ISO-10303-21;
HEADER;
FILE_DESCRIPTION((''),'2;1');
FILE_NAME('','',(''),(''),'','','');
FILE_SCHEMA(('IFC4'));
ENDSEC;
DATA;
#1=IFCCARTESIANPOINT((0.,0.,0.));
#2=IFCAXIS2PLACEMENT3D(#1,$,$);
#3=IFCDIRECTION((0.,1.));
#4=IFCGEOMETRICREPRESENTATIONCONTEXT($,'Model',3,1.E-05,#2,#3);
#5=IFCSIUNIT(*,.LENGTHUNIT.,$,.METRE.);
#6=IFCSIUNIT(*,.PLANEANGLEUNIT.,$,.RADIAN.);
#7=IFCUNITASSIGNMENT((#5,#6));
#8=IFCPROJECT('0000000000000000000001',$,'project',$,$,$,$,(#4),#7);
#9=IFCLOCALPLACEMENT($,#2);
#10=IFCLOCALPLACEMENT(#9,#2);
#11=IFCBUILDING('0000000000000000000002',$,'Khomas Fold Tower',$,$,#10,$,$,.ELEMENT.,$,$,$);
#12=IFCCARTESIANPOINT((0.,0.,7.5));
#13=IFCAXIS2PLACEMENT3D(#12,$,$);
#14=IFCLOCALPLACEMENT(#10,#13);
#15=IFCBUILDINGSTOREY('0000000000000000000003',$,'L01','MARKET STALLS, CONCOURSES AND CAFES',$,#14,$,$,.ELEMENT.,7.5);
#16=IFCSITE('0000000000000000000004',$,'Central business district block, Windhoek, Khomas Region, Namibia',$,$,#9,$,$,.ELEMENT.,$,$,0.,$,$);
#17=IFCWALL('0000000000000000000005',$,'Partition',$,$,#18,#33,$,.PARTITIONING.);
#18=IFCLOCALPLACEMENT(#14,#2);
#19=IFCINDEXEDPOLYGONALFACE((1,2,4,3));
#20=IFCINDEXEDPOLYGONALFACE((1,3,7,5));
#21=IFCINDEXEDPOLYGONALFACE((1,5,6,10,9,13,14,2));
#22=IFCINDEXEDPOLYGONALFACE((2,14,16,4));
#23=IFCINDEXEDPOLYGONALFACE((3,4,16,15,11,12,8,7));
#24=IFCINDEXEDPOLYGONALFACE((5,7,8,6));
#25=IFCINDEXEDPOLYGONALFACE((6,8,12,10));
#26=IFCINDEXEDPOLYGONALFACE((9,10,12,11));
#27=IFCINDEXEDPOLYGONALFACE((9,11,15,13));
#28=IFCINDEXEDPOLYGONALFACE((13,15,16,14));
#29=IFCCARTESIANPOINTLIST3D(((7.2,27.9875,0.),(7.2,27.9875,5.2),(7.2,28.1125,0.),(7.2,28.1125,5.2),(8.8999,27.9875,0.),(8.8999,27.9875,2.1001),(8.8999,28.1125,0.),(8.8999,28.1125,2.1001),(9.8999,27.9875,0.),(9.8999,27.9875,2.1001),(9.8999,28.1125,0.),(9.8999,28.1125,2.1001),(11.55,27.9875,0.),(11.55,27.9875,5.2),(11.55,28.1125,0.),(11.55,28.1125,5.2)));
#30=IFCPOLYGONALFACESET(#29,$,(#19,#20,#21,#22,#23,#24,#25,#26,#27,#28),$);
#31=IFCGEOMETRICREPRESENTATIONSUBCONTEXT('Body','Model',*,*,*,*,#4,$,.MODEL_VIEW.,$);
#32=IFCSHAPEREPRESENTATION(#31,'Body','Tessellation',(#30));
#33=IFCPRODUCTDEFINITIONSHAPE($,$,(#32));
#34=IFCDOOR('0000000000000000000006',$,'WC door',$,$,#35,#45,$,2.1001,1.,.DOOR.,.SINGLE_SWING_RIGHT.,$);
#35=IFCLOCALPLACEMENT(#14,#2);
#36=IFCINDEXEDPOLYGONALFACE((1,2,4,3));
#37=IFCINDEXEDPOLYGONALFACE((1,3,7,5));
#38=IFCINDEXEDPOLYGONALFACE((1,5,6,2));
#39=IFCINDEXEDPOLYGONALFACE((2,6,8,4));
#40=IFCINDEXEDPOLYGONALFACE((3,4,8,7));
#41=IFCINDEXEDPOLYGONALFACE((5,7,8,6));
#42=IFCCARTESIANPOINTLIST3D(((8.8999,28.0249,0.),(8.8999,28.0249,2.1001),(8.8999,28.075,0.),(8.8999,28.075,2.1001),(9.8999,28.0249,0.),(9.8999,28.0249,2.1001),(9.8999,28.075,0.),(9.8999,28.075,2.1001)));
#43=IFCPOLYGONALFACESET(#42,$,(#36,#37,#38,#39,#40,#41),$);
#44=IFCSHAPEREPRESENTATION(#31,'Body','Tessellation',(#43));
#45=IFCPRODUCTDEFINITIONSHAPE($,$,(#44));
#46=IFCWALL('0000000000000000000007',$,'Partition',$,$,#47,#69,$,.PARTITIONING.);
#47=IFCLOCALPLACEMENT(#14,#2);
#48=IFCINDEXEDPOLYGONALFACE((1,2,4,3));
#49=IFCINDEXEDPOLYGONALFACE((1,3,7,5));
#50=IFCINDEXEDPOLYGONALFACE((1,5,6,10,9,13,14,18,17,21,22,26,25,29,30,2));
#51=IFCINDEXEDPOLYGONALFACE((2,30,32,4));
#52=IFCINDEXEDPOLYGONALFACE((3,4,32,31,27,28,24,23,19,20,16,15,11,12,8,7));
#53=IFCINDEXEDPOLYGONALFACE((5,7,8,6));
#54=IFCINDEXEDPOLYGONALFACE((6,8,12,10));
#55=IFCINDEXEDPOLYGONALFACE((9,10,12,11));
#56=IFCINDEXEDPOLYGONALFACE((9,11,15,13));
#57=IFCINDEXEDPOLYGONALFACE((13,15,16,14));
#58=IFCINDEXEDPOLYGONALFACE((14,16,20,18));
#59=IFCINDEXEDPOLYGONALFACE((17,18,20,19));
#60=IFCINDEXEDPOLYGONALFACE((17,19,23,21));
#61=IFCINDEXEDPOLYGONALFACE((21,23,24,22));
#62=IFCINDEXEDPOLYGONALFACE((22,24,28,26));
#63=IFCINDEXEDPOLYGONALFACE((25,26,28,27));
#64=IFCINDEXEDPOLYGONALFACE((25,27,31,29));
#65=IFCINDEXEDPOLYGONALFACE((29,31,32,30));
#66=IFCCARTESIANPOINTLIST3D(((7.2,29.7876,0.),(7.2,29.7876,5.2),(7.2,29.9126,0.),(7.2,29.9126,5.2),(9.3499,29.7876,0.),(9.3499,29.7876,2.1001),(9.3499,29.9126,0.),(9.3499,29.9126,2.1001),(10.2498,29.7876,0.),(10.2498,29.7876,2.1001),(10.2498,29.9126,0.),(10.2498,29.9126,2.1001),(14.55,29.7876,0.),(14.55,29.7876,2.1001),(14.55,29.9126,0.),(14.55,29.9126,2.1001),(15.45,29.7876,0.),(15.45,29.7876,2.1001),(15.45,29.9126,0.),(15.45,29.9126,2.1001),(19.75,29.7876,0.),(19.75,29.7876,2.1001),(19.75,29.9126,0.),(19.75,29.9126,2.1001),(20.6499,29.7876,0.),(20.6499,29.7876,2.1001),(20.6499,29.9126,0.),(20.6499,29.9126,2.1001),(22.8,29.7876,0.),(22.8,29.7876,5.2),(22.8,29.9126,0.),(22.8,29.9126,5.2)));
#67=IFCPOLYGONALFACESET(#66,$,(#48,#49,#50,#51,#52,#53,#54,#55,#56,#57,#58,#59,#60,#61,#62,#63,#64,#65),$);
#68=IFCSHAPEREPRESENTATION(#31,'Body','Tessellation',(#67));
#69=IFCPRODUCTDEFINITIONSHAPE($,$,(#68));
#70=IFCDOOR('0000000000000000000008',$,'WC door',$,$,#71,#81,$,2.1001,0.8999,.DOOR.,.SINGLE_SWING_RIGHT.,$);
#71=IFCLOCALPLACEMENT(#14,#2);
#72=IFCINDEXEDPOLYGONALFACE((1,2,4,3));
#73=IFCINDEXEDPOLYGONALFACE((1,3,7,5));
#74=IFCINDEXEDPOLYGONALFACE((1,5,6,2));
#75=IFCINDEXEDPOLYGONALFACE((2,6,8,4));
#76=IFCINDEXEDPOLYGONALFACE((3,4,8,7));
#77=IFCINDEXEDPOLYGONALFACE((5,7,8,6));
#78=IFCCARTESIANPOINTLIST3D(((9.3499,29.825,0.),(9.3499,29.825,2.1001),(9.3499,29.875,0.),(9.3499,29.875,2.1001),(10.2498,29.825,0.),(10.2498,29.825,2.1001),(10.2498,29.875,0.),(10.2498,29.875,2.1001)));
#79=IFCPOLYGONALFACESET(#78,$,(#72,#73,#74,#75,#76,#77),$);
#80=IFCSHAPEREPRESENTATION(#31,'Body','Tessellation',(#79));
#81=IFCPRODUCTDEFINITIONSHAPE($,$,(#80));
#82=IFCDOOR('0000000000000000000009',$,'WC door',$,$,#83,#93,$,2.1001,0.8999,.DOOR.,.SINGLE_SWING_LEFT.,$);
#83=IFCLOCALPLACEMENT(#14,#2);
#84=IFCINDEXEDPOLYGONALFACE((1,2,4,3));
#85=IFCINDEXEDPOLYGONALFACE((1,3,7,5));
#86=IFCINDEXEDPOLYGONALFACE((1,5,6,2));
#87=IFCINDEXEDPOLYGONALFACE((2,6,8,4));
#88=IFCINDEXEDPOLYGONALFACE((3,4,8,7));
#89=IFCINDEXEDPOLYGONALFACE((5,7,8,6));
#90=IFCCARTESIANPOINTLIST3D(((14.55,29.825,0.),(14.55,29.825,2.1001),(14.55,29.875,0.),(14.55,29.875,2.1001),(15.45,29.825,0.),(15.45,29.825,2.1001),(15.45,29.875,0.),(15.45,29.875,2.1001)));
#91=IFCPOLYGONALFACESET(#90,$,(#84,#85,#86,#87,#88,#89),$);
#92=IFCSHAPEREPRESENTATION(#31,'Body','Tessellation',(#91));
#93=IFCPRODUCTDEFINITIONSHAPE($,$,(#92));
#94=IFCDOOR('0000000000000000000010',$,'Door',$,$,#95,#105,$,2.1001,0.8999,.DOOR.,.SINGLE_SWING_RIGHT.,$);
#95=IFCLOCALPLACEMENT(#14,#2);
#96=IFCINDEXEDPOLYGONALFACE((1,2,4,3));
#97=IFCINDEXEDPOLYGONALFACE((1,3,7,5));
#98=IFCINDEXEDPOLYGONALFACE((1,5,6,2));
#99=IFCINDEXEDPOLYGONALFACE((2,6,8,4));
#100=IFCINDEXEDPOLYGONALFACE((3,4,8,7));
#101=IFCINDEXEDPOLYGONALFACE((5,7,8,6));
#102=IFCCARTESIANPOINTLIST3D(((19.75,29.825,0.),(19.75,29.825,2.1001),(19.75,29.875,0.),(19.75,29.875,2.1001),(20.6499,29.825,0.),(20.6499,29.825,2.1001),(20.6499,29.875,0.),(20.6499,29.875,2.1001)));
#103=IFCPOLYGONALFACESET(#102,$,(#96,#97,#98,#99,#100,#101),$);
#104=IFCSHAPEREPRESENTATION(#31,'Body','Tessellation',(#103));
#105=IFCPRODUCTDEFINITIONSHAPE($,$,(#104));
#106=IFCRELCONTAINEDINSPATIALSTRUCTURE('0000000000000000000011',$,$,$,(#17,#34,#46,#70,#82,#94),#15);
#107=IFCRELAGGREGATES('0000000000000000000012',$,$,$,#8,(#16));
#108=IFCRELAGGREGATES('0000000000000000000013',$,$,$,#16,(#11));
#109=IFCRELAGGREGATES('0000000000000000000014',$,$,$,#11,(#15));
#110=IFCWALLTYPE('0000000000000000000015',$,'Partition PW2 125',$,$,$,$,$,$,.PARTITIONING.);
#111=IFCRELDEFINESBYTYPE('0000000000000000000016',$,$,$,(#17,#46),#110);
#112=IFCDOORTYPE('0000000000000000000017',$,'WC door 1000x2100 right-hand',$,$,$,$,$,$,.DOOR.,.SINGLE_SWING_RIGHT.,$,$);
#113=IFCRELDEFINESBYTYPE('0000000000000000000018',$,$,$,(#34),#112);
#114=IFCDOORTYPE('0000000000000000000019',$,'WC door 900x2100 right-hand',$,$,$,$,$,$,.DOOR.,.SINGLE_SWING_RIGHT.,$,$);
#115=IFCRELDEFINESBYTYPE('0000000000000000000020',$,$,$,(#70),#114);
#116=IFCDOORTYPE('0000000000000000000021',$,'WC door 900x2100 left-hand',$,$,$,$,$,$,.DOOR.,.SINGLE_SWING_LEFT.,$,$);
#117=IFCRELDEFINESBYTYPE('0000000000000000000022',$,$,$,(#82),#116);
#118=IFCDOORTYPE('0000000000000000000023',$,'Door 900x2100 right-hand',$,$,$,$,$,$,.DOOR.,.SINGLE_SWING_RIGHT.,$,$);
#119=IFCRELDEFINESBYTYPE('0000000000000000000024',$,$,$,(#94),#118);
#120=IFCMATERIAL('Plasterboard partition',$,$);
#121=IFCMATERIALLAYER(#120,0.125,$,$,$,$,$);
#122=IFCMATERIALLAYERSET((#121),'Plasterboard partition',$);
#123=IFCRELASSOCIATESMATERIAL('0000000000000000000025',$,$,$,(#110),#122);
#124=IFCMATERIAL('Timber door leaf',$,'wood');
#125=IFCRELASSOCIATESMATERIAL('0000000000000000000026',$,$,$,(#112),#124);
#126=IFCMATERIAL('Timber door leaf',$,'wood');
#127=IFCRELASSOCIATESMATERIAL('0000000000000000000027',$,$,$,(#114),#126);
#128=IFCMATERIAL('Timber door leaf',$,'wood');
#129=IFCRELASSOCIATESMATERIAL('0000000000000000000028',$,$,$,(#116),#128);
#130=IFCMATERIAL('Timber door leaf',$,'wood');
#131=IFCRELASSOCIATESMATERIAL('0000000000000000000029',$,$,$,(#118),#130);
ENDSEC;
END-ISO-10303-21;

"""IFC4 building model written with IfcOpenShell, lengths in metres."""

from ifc_helpers import new_model, si_unit, direction, frame, frame_2d, origin, place, context, subcontext, project, spatial, rectangle, extrude, source, transform, mapped, material, layer, layer_set, type_object, element, fill, save


model = new_model("IFC4")

# Units and contexts
model_context = context("Model", 3, precision=1e-05, world=origin(), true_north=direction((0.0, 1.0)))
body_context = subcontext(model_context, "Body", "Model", "MODEL_VIEW")
ifc_project = project(units=[si_unit("LENGTHUNIT", "METRE"), si_unit("PLANEANGLEUNIT", "RADIAN")], contexts=[model_context])

# Site, building, storey
site_placement = place(None, origin())
site = spatial("IfcSite", under=ifc_project, at=site_placement, Name="Central business district block, Windhoek, Khomas Region, Namibia", CompositionType="ELEMENT", RefElevation=0.0)
building_placement = place(site_placement, origin())
building = spatial("IfcBuilding", under=site, at=building_placement, Name="Khomas Fold Tower", CompositionType="ELEMENT")
storey_placement = place(building_placement, frame((0.0, 0.0, 7.5)))
storey = spatial("IfcBuildingStorey", under=building, at=storey_placement, Name="L01", Description="MARKET STALLS, CONCOURSES AND CAFES", CompositionType="ELEMENT", Elevation=7.5)

# Wall, opening, door
ifc_material_1 = material(Name="Plasterboard partition")
ifc_layer_1 = layer(ifc_material_1, 0.125)
ifc_layer_set_1 = layer_set([ifc_layer_1], Name="Plasterboard partition")
wall_type_1 = type_object("IfcWallType", Name="Partition PW2 125", PredefinedType="PARTITIONING", material=ifc_layer_set_1)
shared_shape_1 = source(origin(), body_context, "Body", "SweptSolid", [
    extrude(rectangle(XDim=4.3501, YDim=0.125, at=frame_2d((2.175, 0.0))), origin(), (0.0, 0.0, 1.0), 5.2),
])
wall_1_placement = place(storey_placement, frame((7.2, 28.05, 0.0), z_axis=(0.0, 0.0, 1.0), x_axis=(1.0, 0.0, 0.0)))
wall_1 = element("IfcWall", 1, at=wall_1_placement, inside=storey, type_object=wall_type_1, Name="Partition", PredefinedType="PARTITIONING", context=body_context, shape_type="MappedRepresentation", body=[
    mapped(shared_shape_1, transform((0.0, 0.0, 0.0))),
])
shared_shape_2 = source(origin(), body_context, "Body", "SweptSolid", [
    extrude(rectangle(XDim=1.0, YDim=2.1001, at=frame_2d((0.5, 1.05))), frame((0.0, 0.0725, 0.0), z_axis=(0.0, -1.0, 0.0), x_axis=(1.0, 0.0, 0.0)), (0.0, 0.0, 1.0), 0.145),
])
opening_1_placement = place(wall_1_placement, frame((1.7, 0.0, 0.0)))
opening_1 = element("IfcOpeningElement", 2, at=opening_1_placement, cuts=wall_1, PredefinedType="OPENING", context=body_context, shape_type="MappedRepresentation", body=[
    mapped(shared_shape_2, transform((0.0, 0.0, 0.0))),
])
ifc_material_2 = material(Name="Timber door leaf", Category="wood")
door_type_1 = type_object("IfcDoorType", Name="WC door 1000x2100 right-hand", OperationType="SINGLE_SWING_RIGHT", PredefinedType="DOOR", material=ifc_material_2)
shared_shape_3 = source(origin(), body_context, "Body", "SweptSolid", [
    extrude(rectangle(XDim=1.0, YDim=2.1001, at=frame_2d((0.5, 1.05))), frame((0.0, 0.0249, 0.0), z_axis=(0.0, -1.0, 0.0), x_axis=(1.0, 0.0, 0.0)), (0.0, 0.0, 1.0), 0.05),
])
door_1_placement = place(opening_1_placement, origin())
door_1 = element("IfcDoor", 3, at=door_1_placement, inside=storey, type_object=door_type_1, Name="WC door", OperationType="SINGLE_SWING_RIGHT", OverallHeight=2.1001, OverallWidth=1.0, PredefinedType="DOOR", context=body_context, shape_type="MappedRepresentation", body=[
    mapped(shared_shape_3, transform((0.0, 0.0, 0.0))),
])
fill(opening_1, door_1)

# Wall, openings, doors
shared_shape_4 = source(origin(), body_context, "Body", "SweptSolid", [
    extrude(rectangle(XDim=15.6001, YDim=0.125, at=frame_2d((7.8, 0.0))), origin(), (0.0, 0.0, 1.0), 5.2),
])
wall_2_placement = place(storey_placement, frame((7.2, 29.8501, 0.0), z_axis=(0.0, 0.0, 1.0), x_axis=(1.0, 0.0, 0.0)))
wall_2 = element("IfcWall", 4, at=wall_2_placement, inside=storey, type_object=wall_type_1, Name="Partition", PredefinedType="PARTITIONING", context=body_context, shape_type="MappedRepresentation", body=[
    mapped(shared_shape_4, transform((0.0, 0.0, 0.0))),
])
shared_shape_5 = source(origin(), body_context, "Body", "SweptSolid", [
    extrude(rectangle(XDim=0.8999, YDim=2.1001, at=frame_2d((0.45, 1.05))), frame((0.0, 0.0725, 0.0), z_axis=(0.0, -1.0, 0.0), x_axis=(1.0, 0.0, 0.0)), (0.0, 0.0, 1.0), 0.145),
])
opening_2_placement = place(wall_2_placement, frame((2.1499, 0.0, 0.0)))
opening_2 = element("IfcOpeningElement", 5, at=opening_2_placement, cuts=wall_2, PredefinedType="OPENING", context=body_context, shape_type="MappedRepresentation", body=[
    mapped(shared_shape_5, transform((0.0, 0.0, 0.0))),
])
opening_3_placement = place(wall_2_placement, frame((7.3501, 0.0, 0.0)))
opening_3 = element("IfcOpeningElement", 6, at=opening_3_placement, cuts=wall_2, PredefinedType="OPENING", context=body_context, shape_type="MappedRepresentation", body=[
    mapped(shared_shape_5, transform((0.0, 0.0, 0.0))),
])
opening_4_placement = place(wall_2_placement, frame((12.55, 0.0, 0.0)))
opening_4 = element("IfcOpeningElement", 7, at=opening_4_placement, cuts=wall_2, PredefinedType="OPENING", context=body_context, shape_type="MappedRepresentation", body=[
    mapped(shared_shape_5, transform((0.0, 0.0, 0.0))),
])
ifc_material_3 = material(Name="Timber door leaf", Category="wood")
door_type_2 = type_object("IfcDoorType", Name="WC door 900x2100 right-hand", OperationType="SINGLE_SWING_RIGHT", PredefinedType="DOOR", material=ifc_material_3)
shared_shape_6 = source(origin(), body_context, "Body", "SweptSolid", [
    extrude(rectangle(XDim=0.8999, YDim=2.1001, at=frame_2d((0.45, 1.05))), frame((0.0, 0.0249, 0.0), z_axis=(0.0, -1.0, 0.0), x_axis=(1.0, 0.0, 0.0)), (0.0, 0.0, 1.0), 0.05),
])
door_2_placement = place(opening_2_placement, origin())
door_2 = element("IfcDoor", 8, at=door_2_placement, inside=storey, type_object=door_type_2, Name="WC door", OperationType="SINGLE_SWING_RIGHT", OverallHeight=2.1001, OverallWidth=0.8999, PredefinedType="DOOR", context=body_context, shape_type="MappedRepresentation", body=[
    mapped(shared_shape_6, transform((0.0, 0.0, 0.0))),
])
fill(opening_2, door_2)
ifc_material_4 = material(Name="Timber door leaf", Category="wood")
door_type_3 = type_object("IfcDoorType", Name="WC door 900x2100 left-hand", OperationType="SINGLE_SWING_LEFT", PredefinedType="DOOR", material=ifc_material_4)
door_3_placement = place(opening_3_placement, origin())
door_3 = element("IfcDoor", 9, at=door_3_placement, inside=storey, type_object=door_type_3, Name="WC door", OperationType="SINGLE_SWING_LEFT", OverallHeight=2.1001, OverallWidth=0.8999, PredefinedType="DOOR", context=body_context, shape_type="MappedRepresentation", body=[
    mapped(shared_shape_6, transform((0.0, 0.0, 0.0))),
])
fill(opening_3, door_3)
ifc_material_5 = material(Name="Timber door leaf", Category="wood")
door_type_4 = type_object("IfcDoorType", Name="Door 900x2100 right-hand", OperationType="SINGLE_SWING_RIGHT", PredefinedType="DOOR", material=ifc_material_5)
door_4_placement = place(opening_4_placement, origin())
door_4 = element("IfcDoor", 10, at=door_4_placement, inside=storey, type_object=door_type_4, Name="Door", OperationType="SINGLE_SWING_RIGHT", OverallHeight=2.1001, OverallWidth=0.8999, PredefinedType="DOOR", context=body_context, shape_type="MappedRepresentation", body=[
    mapped(shared_shape_6, transform((0.0, 0.0, 0.0))),
])
fill(opening_4, door_4)

save(model, "model.ifc")
